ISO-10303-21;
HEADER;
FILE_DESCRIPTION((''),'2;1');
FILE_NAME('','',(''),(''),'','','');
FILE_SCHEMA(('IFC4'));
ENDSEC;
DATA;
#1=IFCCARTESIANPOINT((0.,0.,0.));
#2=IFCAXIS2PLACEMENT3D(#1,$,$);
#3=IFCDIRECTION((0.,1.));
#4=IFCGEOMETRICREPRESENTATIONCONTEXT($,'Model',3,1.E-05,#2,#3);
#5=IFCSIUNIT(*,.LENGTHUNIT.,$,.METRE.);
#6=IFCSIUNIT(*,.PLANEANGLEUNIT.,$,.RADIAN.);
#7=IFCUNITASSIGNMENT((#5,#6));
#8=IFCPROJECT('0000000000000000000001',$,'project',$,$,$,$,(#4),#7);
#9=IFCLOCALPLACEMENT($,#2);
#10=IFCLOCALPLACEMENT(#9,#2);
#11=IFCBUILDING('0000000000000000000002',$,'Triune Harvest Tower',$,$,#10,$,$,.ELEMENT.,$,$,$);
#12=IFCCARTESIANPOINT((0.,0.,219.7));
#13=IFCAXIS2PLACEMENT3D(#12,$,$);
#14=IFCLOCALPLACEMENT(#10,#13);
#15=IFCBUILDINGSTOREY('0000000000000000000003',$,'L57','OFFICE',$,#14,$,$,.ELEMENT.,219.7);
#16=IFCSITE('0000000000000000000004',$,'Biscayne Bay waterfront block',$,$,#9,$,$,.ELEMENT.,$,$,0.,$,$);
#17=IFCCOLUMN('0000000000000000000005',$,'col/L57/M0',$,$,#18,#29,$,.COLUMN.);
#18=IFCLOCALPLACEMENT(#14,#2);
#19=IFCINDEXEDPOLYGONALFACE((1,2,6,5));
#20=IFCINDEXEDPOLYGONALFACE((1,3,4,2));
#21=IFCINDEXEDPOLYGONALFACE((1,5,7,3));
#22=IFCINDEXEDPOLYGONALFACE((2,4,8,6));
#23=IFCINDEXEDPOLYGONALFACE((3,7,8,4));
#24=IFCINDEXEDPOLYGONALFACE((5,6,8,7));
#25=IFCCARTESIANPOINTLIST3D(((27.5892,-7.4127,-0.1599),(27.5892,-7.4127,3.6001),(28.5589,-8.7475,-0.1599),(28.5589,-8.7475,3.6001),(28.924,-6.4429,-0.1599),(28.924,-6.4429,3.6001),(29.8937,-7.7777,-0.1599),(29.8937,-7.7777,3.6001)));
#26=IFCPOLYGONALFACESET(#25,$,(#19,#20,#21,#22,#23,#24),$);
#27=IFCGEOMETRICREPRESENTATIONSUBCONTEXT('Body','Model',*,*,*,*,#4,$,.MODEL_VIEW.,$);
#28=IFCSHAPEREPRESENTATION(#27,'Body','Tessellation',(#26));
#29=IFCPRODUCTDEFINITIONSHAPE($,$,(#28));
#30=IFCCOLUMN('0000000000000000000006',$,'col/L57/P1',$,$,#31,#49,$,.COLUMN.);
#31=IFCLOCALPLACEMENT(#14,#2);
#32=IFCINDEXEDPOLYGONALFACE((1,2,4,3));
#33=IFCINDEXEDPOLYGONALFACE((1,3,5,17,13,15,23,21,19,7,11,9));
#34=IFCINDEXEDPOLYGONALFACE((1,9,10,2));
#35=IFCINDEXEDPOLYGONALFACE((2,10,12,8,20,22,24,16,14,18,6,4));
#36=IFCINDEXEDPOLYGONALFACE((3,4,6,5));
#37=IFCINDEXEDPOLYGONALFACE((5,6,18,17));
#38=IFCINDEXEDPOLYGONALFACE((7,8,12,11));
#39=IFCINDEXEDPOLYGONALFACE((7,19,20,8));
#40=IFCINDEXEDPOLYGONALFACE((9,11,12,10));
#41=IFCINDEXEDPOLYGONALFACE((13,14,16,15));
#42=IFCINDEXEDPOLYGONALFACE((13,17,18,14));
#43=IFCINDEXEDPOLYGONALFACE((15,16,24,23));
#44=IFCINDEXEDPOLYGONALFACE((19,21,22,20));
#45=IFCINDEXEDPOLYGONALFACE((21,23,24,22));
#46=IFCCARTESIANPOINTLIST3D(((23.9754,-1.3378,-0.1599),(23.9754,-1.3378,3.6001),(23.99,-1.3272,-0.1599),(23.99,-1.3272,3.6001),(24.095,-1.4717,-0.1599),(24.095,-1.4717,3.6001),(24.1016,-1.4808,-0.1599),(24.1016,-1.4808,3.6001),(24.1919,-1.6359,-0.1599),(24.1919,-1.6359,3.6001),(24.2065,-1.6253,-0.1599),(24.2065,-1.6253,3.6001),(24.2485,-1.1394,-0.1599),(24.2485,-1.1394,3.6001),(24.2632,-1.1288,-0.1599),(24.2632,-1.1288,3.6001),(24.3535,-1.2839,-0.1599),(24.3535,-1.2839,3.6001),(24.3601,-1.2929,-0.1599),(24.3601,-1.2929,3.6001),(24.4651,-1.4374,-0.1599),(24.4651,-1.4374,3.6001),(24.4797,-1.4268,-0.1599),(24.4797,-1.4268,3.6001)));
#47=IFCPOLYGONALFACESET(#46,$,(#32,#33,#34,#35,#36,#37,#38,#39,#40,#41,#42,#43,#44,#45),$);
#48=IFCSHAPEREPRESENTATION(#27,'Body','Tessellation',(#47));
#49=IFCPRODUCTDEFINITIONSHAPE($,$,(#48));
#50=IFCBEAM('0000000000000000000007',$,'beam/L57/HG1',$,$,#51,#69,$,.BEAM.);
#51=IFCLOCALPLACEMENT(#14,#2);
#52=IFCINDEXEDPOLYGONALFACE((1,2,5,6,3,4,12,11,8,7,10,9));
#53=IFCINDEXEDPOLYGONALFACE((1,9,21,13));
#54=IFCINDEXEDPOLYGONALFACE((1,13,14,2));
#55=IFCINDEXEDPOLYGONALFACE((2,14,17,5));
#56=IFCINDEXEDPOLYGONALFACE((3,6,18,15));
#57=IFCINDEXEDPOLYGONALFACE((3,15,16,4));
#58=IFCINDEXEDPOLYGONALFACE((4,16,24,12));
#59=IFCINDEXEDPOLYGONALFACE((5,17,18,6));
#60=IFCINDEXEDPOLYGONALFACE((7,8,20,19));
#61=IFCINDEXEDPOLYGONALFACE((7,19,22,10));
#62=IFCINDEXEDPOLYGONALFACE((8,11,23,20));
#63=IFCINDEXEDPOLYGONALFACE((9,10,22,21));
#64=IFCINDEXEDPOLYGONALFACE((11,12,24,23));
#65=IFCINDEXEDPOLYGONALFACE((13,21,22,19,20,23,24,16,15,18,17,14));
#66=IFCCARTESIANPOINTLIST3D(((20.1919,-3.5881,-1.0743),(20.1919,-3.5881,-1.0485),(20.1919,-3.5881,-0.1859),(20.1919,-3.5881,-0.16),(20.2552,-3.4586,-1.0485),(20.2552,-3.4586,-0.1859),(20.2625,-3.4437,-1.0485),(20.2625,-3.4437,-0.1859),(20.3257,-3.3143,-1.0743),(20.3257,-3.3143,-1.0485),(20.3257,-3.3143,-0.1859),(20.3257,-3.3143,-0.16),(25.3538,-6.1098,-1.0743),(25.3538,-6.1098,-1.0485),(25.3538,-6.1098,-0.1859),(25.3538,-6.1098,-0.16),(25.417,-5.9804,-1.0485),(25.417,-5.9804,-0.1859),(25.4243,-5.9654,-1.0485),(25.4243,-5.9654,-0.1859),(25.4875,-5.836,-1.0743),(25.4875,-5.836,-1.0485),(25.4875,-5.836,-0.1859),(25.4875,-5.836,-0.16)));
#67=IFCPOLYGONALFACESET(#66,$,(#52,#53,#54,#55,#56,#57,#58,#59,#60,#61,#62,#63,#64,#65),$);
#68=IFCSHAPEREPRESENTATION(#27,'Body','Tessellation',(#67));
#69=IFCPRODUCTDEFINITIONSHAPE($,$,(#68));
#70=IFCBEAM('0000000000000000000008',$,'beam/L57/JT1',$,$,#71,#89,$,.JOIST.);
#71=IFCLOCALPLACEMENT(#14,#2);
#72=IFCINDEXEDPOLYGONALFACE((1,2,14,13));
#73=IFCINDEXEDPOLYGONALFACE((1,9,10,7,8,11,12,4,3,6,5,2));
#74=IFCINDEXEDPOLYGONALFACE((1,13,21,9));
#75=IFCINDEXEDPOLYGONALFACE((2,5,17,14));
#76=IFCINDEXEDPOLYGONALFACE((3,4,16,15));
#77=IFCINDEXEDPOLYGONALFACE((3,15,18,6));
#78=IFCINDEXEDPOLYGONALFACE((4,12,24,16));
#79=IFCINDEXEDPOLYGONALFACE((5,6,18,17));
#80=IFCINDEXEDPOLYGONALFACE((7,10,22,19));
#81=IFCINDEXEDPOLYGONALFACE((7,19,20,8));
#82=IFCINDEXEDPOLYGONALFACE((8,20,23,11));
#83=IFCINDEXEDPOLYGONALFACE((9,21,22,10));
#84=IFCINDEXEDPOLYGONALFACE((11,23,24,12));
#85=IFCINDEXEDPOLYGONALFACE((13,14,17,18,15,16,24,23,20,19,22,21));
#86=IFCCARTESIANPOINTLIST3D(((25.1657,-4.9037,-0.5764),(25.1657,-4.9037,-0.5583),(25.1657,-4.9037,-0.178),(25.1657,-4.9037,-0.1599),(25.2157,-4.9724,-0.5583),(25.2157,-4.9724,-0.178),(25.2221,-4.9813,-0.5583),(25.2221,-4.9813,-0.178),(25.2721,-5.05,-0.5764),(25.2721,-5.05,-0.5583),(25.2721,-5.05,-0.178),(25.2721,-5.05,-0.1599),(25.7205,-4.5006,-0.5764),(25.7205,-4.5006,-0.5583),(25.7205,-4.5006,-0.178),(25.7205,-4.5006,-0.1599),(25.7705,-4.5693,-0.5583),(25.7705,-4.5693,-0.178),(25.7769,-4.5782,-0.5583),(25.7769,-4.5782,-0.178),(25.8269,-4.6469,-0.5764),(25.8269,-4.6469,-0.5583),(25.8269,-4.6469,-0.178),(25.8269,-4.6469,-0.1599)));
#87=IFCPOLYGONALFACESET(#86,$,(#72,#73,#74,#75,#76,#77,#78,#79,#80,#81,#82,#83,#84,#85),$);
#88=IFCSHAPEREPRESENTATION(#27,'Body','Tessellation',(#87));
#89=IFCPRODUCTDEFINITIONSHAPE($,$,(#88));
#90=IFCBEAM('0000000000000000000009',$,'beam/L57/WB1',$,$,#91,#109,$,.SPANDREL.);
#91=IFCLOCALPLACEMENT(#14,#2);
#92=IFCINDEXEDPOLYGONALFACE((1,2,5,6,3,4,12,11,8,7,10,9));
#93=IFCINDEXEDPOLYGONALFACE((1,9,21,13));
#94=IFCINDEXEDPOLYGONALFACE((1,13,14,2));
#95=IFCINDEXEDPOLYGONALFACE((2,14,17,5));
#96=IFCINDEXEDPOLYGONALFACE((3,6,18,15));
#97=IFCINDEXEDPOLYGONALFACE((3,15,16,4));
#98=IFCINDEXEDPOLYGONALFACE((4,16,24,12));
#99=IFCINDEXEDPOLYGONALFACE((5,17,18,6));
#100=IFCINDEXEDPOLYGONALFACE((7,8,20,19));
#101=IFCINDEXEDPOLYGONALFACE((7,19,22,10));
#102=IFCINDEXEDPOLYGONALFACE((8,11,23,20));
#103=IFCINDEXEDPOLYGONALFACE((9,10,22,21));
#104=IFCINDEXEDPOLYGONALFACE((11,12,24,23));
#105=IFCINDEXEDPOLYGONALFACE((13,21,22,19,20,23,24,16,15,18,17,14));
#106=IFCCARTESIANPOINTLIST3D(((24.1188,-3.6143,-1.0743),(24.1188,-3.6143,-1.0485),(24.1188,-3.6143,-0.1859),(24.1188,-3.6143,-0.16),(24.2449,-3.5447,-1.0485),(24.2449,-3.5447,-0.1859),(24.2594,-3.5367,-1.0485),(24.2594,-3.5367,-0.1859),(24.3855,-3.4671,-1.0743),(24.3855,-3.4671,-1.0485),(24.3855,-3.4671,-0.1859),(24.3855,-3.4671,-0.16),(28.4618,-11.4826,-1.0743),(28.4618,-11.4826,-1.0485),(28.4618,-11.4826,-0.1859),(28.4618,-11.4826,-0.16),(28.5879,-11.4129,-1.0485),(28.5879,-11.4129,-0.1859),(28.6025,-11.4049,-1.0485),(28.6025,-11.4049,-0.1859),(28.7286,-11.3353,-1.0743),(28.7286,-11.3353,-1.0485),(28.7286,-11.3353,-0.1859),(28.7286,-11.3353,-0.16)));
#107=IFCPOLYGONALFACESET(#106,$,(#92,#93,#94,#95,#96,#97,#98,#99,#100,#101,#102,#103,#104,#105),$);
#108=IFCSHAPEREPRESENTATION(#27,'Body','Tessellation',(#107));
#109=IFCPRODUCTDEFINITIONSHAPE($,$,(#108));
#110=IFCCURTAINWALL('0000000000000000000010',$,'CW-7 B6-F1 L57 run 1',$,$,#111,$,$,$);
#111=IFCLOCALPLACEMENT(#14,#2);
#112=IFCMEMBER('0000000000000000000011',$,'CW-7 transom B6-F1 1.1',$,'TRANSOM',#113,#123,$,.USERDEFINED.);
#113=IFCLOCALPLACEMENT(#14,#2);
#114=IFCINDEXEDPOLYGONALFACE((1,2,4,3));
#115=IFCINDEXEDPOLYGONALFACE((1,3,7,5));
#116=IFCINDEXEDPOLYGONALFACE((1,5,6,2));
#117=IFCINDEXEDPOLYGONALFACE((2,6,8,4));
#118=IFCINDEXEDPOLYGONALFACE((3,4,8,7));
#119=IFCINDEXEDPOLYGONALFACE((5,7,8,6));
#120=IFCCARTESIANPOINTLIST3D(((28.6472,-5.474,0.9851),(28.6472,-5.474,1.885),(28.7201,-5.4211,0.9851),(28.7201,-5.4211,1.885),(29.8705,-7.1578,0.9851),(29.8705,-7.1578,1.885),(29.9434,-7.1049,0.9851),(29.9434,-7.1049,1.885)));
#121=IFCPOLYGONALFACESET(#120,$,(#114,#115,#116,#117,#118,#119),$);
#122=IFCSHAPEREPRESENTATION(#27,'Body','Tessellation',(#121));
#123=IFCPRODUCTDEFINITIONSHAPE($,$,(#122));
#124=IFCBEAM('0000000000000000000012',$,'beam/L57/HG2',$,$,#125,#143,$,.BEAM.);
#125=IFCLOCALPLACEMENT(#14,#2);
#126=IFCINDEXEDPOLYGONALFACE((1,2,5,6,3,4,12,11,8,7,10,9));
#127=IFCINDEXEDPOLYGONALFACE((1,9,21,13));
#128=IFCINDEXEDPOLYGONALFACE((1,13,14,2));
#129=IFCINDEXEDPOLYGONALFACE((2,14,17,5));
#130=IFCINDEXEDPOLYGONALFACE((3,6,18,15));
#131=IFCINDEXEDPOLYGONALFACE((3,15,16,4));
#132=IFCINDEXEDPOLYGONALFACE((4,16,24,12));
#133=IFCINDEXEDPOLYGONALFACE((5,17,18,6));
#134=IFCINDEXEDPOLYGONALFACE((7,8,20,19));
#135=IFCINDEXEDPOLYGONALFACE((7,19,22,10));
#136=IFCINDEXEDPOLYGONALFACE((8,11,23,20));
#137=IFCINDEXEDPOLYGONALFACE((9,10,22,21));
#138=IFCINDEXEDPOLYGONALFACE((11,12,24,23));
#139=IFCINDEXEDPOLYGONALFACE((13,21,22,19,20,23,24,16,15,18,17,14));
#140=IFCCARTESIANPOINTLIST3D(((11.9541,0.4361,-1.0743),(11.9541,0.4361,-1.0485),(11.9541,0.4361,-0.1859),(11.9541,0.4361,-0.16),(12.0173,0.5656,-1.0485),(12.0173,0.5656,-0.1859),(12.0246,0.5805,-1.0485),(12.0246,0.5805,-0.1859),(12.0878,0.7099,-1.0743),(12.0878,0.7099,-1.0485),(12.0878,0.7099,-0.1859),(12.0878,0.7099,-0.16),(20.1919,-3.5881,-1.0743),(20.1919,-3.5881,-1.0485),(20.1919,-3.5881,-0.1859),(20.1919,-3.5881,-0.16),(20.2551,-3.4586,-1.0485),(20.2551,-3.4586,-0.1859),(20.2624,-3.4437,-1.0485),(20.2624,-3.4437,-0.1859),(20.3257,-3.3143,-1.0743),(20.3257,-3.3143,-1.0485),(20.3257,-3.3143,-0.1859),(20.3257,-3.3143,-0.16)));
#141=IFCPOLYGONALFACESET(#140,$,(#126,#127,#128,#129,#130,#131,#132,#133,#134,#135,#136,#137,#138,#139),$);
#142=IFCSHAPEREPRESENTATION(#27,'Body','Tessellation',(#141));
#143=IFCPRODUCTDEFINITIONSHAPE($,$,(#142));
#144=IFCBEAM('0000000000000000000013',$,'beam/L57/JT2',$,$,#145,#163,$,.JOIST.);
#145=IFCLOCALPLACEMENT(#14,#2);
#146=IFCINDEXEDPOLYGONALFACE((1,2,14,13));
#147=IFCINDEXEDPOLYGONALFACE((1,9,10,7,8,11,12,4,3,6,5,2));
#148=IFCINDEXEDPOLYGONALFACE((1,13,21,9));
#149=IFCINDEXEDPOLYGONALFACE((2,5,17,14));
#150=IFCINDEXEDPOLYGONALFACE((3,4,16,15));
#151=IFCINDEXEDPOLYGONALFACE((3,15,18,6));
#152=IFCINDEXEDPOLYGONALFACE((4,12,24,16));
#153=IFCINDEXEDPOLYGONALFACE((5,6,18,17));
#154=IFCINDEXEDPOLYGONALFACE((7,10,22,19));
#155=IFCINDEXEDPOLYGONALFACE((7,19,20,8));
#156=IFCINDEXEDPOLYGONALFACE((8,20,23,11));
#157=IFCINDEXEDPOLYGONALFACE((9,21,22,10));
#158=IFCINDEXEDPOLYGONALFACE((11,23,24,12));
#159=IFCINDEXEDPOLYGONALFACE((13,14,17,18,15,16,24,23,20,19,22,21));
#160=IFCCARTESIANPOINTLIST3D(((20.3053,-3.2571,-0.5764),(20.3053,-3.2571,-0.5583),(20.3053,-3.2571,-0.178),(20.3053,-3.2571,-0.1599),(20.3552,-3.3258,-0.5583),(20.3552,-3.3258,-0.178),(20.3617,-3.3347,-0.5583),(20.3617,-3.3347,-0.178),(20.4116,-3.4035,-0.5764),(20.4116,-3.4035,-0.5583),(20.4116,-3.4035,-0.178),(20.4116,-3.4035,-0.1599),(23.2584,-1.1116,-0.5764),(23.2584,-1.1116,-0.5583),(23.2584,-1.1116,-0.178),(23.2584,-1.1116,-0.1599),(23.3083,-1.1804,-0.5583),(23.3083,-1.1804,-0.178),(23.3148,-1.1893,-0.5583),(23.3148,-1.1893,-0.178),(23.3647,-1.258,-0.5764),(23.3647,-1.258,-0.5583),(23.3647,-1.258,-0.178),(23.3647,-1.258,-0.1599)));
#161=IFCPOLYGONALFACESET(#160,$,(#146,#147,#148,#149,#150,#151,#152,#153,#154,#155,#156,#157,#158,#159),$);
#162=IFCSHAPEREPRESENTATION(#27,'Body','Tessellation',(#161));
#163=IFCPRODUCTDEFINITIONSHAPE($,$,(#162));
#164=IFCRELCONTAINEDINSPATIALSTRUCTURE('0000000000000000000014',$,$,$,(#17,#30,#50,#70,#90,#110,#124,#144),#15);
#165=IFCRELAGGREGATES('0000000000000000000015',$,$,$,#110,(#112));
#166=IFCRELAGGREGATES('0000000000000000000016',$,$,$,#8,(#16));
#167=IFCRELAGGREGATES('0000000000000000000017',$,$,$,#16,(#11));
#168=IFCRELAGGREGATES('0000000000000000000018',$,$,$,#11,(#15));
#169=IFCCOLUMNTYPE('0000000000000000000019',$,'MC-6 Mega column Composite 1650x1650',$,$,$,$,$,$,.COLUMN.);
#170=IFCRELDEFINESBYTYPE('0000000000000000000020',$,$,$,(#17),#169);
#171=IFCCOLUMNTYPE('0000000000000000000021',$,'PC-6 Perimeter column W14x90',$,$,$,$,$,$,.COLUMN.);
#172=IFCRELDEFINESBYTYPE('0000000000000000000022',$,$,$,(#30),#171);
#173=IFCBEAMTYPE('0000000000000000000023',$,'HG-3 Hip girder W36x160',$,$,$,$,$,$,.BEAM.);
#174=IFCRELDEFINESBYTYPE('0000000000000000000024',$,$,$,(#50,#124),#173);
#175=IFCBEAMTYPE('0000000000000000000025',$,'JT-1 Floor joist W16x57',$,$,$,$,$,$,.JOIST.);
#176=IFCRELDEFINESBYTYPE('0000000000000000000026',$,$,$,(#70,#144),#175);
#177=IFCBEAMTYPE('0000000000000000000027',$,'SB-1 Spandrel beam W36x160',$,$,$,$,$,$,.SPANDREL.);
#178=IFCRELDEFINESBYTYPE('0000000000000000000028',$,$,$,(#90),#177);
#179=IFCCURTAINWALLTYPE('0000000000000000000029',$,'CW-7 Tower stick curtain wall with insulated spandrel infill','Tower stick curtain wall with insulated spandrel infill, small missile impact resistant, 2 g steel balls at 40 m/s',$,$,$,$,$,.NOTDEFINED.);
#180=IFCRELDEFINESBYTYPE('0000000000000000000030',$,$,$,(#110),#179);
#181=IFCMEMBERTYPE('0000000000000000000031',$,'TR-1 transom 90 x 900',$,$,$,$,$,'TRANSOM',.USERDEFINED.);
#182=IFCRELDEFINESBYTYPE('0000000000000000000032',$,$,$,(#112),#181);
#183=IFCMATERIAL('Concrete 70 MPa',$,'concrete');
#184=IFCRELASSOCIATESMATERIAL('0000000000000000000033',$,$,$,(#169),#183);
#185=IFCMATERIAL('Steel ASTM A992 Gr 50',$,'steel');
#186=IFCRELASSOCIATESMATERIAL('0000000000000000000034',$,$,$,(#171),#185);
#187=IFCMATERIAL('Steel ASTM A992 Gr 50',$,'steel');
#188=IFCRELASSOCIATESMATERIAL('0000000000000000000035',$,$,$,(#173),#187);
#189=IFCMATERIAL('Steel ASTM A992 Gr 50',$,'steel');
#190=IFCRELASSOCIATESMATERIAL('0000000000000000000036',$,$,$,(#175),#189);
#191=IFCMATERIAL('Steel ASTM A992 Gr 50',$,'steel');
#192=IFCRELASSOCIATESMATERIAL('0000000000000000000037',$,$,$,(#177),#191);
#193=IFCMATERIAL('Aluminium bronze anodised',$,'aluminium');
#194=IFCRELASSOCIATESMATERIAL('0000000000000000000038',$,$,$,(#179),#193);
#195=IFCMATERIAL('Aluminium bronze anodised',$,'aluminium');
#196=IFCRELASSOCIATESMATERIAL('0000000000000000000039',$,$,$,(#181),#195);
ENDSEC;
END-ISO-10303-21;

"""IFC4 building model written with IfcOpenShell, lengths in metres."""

from ifc_helpers import new_model, si_unit, direction, frame, origin, origin_2d, place, context, subcontext, project, spatial, rectangle, i_section, extrude, source, transform, mapped, material, material_profile, profile_set, type_object, element, aggregate, save


model = new_model("IFC4")

# Units and contexts
model_context = context("Model", 3, precision=1e-05, world=origin(), true_north=direction((0.0, 1.0)))
body_context = subcontext(model_context, "Body", "Model", "MODEL_VIEW")
ifc_project = project(units=[si_unit("LENGTHUNIT", "METRE"), si_unit("PLANEANGLEUNIT", "RADIAN")], contexts=[model_context])

# Site, building, storey
site_placement = place(None, origin())
site = spatial("IfcSite", under=ifc_project, at=site_placement, Name="Biscayne Bay waterfront block", CompositionType="ELEMENT", RefElevation=0.0)
building_placement = place(site_placement, origin())
building = spatial("IfcBuilding", under=site, at=building_placement, Name="Triune Harvest Tower", CompositionType="ELEMENT")
storey_placement = place(building_placement, frame((0.0, 0.0, 219.7)))
storey = spatial("IfcBuildingStorey", under=building, at=storey_placement, Name="L57", Description="OFFICE", CompositionType="ELEMENT", Elevation=219.7)

# Columns
ifc_material_1 = material(Name="Concrete 70 MPa", Category="concrete")
ifc_material_profile_1 = material_profile(ifc_material_1, rectangle(XDim=1.6499, YDim=1.6499, at=origin_2d()), Name="Composite 1650x1650")
ifc_profile_set_1 = profile_set([ifc_material_profile_1], Name="Concrete 70 MPa")
column_type_1 = type_object("IfcColumnType", Name="MC-6 Mega column Composite 1650x1650", PredefinedType="COLUMN", material=ifc_profile_set_1)
shared_shape_1 = source(origin(), body_context, "Body", "SweptSolid", [
    extrude(rectangle(XDim=1.6499, YDim=1.6499, at=origin_2d()), origin(), (0.0, 0.0, 1.0), 3.76),
])
column_1_placement = place(storey_placement, frame((28.7415, -7.5952, -0.1599), z_axis=(0.0, 0.0, 1.0), x_axis=(-0.587785, 0.809017, 0.0)))
element("IfcColumn", 1, at=column_1_placement, inside=storey, type_object=column_type_1, Name="col/L57/M0", PredefinedType="COLUMN", context=body_context, shape_type="MappedRepresentation", body=[
    mapped(shared_shape_1, transform((0.0, 0.0, 0.0), scale=1.0)),
])
ifc_material_2 = material(Name="Steel ASTM A992 Gr 50", Category="steel")
ifc_material_profile_2 = material_profile(ifc_material_2, i_section(OverallWidth=0.3684, OverallDepth=0.3557, WebThickness=0.0112, FlangeThickness=0.0181, at=origin_2d()), Name="W14x90")
ifc_profile_set_2 = profile_set([ifc_material_profile_2], Name="Steel ASTM A992 Gr 50")
column_type_2 = type_object("IfcColumnType", Name="PC-6 Perimeter column W14x90", PredefinedType="COLUMN", material=ifc_profile_set_2)
shared_shape_2 = source(origin(), body_context, "Body", "SweptSolid", [
    extrude(i_section(OverallWidth=0.3684, OverallDepth=0.3557, WebThickness=0.0112, FlangeThickness=0.0181, at=origin_2d()), origin(), (0.0, 0.0, 1.0), 3.76),
])
column_2_placement = place(storey_placement, frame((24.2275, -1.3823, -0.1599), z_axis=(0.0, 0.0, 1.0), x_axis=(-0.587785, 0.809017, 0.0)))
element("IfcColumn", 2, at=column_2_placement, inside=storey, type_object=column_type_2, Name="col/L57/P1", PredefinedType="COLUMN", context=body_context, shape_type="MappedRepresentation", body=[
    mapped(shared_shape_2, transform((0.0, 0.0, 0.0), scale=1.0)),
])

# Beams
ifc_material_3 = material(Name="Steel ASTM A992 Gr 50", Category="steel")
ifc_material_profile_3 = material_profile(ifc_material_3, i_section(OverallWidth=0.3047, OverallDepth=0.9143, WebThickness=0.0166, FlangeThickness=0.0259, at=origin_2d()), Name="W36x160")
ifc_profile_set_3 = profile_set([ifc_material_profile_3], Name="Steel ASTM A992 Gr 50")
beam_type_1 = type_object("IfcBeamType", Name="HG-3 Hip girder W36x160", PredefinedType="BEAM", material=ifc_profile_set_3)
beam_1_placement = place(storey_placement, frame((25.4207, -5.9729, -0.6172), z_axis=(-0.898511, 0.43895, 0.0), x_axis=(-0.43895, -0.898511, 0.0)))
element("IfcBeam", 3, at=beam_1_placement, inside=storey, type_object=beam_type_1, Name="beam/L57/HG1", PredefinedType="BEAM", context=body_context, shape_type="SweptSolid", body=[
    extrude(i_section(OverallWidth=0.3047, OverallDepth=0.9143, WebThickness=0.0166, FlangeThickness=0.0259, at=origin_2d()), origin(), (0.0, 0.0, 1.0), 5.7449),
])
ifc_material_4 = material(Name="Steel ASTM A992 Gr 50", Category="steel")
ifc_material_profile_4 = material_profile(ifc_material_4, i_section(OverallWidth=0.1809, OverallDepth=0.4165, WebThickness=0.011, FlangeThickness=0.0181, at=origin_2d()), Name="W16x57")
ifc_profile_set_4 = profile_set([ifc_material_profile_4], Name="Steel ASTM A992 Gr 50")
beam_type_2 = type_object("IfcBeamType", Name="JT-1 Floor joist W16x57", PredefinedType="JOIST", material=ifc_profile_set_4)
beam_2_placement = place(storey_placement, frame((25.7737, -4.5737, -0.3682), z_axis=(-0.808967, -0.587854, 0.0), x_axis=(0.587854, -0.808967, 0.0)))
element("IfcBeam", 4, at=beam_2_placement, inside=storey, type_object=beam_type_2, Name="beam/L57/JT1", PredefinedType="JOIST", context=body_context, shape_type="SweptSolid", body=[
    extrude(i_section(OverallWidth=0.1809, OverallDepth=0.4165, WebThickness=0.011, FlangeThickness=0.0181, at=origin_2d()), origin(), (0.0, 0.0, 1.0), 0.6858),
])
ifc_material_5 = material(Name="Steel ASTM A992 Gr 50", Category="steel")
ifc_material_profile_5 = material_profile(ifc_material_5, i_section(OverallWidth=0.3047, OverallDepth=0.9143, WebThickness=0.0166, FlangeThickness=0.0259, at=origin_2d()), Name="W36x160")
ifc_profile_set_5 = profile_set([ifc_material_profile_5], Name="Steel ASTM A992 Gr 50")
beam_type_3 = type_object("IfcBeamType", Name="SB-1 Spandrel beam W36x160", PredefinedType="SPANDREL", material=ifc_profile_set_5)
beam_3_placement = place(storey_placement, frame((28.5952, -11.4089, -0.6172), z_axis=(-0.483245, 0.875485, 0.0), x_axis=(-0.875485, -0.483245, 0.0)))
element("IfcBeam", 5, at=beam_3_placement, inside=storey, type_object=beam_type_3, Name="beam/L57/WB1", PredefinedType="SPANDREL", context=body_context, shape_type="SweptSolid", body=[
    extrude(i_section(OverallWidth=0.3047, OverallDepth=0.9143, WebThickness=0.0166, FlangeThickness=0.0259, at=origin_2d()), origin(), (0.0, 0.0, 1.0), 8.9873),
])

# Curtain wall, member
ifc_material_6 = material(Name="Aluminium bronze anodised", Category="aluminium")
curtain_wall_type_1 = type_object("IfcCurtainWallType", Name="CW-7 Tower stick curtain wall with insulated spandrel infill", Description="Tower stick curtain wall with insulated spandrel infill, small missile impact resistant, 2 g steel balls at 40 m/s", PredefinedType="NOTDEFINED", material=ifc_material_6)
curtain_wall_1_placement = place(storey_placement, origin())
curtain_wall_1 = element("IfcCurtainWall", 6, at=curtain_wall_1_placement, inside=storey, type_object=curtain_wall_type_1, Name="CW-7 B6-F1 L57 run 1")
ifc_material_7 = material(Name="Aluminium bronze anodised", Category="aluminium")
ifc_material_profile_6 = material_profile(ifc_material_7, rectangle(XDim=0.0901, YDim=0.8999, at=origin_2d()), Name="TR-1 transom 90 x 900")
ifc_profile_set_6 = profile_set([ifc_material_profile_6], Name="Aluminium bronze anodised")
member_type_1 = type_object("IfcMemberType", Name="TR-1 transom 90 x 900", ElementType="TRANSOM", PredefinedType="USERDEFINED", material=ifc_profile_set_6)
member_1_placement = place(storey_placement, frame((29.907, -7.1313, 1.4351), z_axis=(-0.587788, 0.809015, 0.0), x_axis=(-0.809015, -0.587788, 0.0)))
member_1 = element("IfcMember", 7, at=member_1_placement, type_object=member_type_1, Name="CW-7 transom B6-F1 1.1", ObjectType="TRANSOM", PredefinedType="USERDEFINED", context=body_context, shape_type="SweptSolid", body=[
    extrude(rectangle(XDim=0.0901, YDim=0.8999, at=origin_2d()), origin(), (0.0, 0.0, 1.0), 2.0813),
])

# Beams
shared_shape_3 = source(origin(), body_context, "Body", "SweptSolid", [
    extrude(i_section(OverallWidth=0.3047, OverallDepth=0.9143, WebThickness=0.0166, FlangeThickness=0.0259, at=origin_2d()), origin(), (0.0, 0.0, 1.0), 9.1682),
])
beam_4_placement = place(storey_placement, frame((20.2588, -3.4512, -0.6172), z_axis=(-0.898522, 0.438929, 0.0), x_axis=(-0.438929, -0.898522, 0.0)))
element("IfcBeam", 8, at=beam_4_placement, inside=storey, type_object=beam_type_1, Name="beam/L57/HG2", PredefinedType="BEAM", context=body_context, shape_type="MappedRepresentation", body=[
    mapped(shared_shape_3, transform((0.0, 0.0, 0.0), scale=1.0)),
])
shared_shape_4 = source(origin(), body_context, "Body", "SweptSolid", [
    extrude(i_section(OverallWidth=0.1809, OverallDepth=0.4165, WebThickness=0.011, FlangeThickness=0.0181, at=origin_2d()), origin(), (0.0, 0.0, 1.0), 3.6501),
])
beam_5_placement = place(storey_placement, frame((23.3115, -1.1848, -0.3682), z_axis=(-0.809025, -0.587774, 0.0), x_axis=(0.587774, -0.809025, 0.0)))
element("IfcBeam", 9, at=beam_5_placement, inside=storey, type_object=beam_type_2, Name="beam/L57/JT2", PredefinedType="JOIST", context=body_context, shape_type="MappedRepresentation", body=[
    mapped(shared_shape_4, transform((0.0, 0.0, 0.0), scale=1.0)),
])

aggregate(curtain_wall_1, [member_1])

save(model, "model.ifc")
